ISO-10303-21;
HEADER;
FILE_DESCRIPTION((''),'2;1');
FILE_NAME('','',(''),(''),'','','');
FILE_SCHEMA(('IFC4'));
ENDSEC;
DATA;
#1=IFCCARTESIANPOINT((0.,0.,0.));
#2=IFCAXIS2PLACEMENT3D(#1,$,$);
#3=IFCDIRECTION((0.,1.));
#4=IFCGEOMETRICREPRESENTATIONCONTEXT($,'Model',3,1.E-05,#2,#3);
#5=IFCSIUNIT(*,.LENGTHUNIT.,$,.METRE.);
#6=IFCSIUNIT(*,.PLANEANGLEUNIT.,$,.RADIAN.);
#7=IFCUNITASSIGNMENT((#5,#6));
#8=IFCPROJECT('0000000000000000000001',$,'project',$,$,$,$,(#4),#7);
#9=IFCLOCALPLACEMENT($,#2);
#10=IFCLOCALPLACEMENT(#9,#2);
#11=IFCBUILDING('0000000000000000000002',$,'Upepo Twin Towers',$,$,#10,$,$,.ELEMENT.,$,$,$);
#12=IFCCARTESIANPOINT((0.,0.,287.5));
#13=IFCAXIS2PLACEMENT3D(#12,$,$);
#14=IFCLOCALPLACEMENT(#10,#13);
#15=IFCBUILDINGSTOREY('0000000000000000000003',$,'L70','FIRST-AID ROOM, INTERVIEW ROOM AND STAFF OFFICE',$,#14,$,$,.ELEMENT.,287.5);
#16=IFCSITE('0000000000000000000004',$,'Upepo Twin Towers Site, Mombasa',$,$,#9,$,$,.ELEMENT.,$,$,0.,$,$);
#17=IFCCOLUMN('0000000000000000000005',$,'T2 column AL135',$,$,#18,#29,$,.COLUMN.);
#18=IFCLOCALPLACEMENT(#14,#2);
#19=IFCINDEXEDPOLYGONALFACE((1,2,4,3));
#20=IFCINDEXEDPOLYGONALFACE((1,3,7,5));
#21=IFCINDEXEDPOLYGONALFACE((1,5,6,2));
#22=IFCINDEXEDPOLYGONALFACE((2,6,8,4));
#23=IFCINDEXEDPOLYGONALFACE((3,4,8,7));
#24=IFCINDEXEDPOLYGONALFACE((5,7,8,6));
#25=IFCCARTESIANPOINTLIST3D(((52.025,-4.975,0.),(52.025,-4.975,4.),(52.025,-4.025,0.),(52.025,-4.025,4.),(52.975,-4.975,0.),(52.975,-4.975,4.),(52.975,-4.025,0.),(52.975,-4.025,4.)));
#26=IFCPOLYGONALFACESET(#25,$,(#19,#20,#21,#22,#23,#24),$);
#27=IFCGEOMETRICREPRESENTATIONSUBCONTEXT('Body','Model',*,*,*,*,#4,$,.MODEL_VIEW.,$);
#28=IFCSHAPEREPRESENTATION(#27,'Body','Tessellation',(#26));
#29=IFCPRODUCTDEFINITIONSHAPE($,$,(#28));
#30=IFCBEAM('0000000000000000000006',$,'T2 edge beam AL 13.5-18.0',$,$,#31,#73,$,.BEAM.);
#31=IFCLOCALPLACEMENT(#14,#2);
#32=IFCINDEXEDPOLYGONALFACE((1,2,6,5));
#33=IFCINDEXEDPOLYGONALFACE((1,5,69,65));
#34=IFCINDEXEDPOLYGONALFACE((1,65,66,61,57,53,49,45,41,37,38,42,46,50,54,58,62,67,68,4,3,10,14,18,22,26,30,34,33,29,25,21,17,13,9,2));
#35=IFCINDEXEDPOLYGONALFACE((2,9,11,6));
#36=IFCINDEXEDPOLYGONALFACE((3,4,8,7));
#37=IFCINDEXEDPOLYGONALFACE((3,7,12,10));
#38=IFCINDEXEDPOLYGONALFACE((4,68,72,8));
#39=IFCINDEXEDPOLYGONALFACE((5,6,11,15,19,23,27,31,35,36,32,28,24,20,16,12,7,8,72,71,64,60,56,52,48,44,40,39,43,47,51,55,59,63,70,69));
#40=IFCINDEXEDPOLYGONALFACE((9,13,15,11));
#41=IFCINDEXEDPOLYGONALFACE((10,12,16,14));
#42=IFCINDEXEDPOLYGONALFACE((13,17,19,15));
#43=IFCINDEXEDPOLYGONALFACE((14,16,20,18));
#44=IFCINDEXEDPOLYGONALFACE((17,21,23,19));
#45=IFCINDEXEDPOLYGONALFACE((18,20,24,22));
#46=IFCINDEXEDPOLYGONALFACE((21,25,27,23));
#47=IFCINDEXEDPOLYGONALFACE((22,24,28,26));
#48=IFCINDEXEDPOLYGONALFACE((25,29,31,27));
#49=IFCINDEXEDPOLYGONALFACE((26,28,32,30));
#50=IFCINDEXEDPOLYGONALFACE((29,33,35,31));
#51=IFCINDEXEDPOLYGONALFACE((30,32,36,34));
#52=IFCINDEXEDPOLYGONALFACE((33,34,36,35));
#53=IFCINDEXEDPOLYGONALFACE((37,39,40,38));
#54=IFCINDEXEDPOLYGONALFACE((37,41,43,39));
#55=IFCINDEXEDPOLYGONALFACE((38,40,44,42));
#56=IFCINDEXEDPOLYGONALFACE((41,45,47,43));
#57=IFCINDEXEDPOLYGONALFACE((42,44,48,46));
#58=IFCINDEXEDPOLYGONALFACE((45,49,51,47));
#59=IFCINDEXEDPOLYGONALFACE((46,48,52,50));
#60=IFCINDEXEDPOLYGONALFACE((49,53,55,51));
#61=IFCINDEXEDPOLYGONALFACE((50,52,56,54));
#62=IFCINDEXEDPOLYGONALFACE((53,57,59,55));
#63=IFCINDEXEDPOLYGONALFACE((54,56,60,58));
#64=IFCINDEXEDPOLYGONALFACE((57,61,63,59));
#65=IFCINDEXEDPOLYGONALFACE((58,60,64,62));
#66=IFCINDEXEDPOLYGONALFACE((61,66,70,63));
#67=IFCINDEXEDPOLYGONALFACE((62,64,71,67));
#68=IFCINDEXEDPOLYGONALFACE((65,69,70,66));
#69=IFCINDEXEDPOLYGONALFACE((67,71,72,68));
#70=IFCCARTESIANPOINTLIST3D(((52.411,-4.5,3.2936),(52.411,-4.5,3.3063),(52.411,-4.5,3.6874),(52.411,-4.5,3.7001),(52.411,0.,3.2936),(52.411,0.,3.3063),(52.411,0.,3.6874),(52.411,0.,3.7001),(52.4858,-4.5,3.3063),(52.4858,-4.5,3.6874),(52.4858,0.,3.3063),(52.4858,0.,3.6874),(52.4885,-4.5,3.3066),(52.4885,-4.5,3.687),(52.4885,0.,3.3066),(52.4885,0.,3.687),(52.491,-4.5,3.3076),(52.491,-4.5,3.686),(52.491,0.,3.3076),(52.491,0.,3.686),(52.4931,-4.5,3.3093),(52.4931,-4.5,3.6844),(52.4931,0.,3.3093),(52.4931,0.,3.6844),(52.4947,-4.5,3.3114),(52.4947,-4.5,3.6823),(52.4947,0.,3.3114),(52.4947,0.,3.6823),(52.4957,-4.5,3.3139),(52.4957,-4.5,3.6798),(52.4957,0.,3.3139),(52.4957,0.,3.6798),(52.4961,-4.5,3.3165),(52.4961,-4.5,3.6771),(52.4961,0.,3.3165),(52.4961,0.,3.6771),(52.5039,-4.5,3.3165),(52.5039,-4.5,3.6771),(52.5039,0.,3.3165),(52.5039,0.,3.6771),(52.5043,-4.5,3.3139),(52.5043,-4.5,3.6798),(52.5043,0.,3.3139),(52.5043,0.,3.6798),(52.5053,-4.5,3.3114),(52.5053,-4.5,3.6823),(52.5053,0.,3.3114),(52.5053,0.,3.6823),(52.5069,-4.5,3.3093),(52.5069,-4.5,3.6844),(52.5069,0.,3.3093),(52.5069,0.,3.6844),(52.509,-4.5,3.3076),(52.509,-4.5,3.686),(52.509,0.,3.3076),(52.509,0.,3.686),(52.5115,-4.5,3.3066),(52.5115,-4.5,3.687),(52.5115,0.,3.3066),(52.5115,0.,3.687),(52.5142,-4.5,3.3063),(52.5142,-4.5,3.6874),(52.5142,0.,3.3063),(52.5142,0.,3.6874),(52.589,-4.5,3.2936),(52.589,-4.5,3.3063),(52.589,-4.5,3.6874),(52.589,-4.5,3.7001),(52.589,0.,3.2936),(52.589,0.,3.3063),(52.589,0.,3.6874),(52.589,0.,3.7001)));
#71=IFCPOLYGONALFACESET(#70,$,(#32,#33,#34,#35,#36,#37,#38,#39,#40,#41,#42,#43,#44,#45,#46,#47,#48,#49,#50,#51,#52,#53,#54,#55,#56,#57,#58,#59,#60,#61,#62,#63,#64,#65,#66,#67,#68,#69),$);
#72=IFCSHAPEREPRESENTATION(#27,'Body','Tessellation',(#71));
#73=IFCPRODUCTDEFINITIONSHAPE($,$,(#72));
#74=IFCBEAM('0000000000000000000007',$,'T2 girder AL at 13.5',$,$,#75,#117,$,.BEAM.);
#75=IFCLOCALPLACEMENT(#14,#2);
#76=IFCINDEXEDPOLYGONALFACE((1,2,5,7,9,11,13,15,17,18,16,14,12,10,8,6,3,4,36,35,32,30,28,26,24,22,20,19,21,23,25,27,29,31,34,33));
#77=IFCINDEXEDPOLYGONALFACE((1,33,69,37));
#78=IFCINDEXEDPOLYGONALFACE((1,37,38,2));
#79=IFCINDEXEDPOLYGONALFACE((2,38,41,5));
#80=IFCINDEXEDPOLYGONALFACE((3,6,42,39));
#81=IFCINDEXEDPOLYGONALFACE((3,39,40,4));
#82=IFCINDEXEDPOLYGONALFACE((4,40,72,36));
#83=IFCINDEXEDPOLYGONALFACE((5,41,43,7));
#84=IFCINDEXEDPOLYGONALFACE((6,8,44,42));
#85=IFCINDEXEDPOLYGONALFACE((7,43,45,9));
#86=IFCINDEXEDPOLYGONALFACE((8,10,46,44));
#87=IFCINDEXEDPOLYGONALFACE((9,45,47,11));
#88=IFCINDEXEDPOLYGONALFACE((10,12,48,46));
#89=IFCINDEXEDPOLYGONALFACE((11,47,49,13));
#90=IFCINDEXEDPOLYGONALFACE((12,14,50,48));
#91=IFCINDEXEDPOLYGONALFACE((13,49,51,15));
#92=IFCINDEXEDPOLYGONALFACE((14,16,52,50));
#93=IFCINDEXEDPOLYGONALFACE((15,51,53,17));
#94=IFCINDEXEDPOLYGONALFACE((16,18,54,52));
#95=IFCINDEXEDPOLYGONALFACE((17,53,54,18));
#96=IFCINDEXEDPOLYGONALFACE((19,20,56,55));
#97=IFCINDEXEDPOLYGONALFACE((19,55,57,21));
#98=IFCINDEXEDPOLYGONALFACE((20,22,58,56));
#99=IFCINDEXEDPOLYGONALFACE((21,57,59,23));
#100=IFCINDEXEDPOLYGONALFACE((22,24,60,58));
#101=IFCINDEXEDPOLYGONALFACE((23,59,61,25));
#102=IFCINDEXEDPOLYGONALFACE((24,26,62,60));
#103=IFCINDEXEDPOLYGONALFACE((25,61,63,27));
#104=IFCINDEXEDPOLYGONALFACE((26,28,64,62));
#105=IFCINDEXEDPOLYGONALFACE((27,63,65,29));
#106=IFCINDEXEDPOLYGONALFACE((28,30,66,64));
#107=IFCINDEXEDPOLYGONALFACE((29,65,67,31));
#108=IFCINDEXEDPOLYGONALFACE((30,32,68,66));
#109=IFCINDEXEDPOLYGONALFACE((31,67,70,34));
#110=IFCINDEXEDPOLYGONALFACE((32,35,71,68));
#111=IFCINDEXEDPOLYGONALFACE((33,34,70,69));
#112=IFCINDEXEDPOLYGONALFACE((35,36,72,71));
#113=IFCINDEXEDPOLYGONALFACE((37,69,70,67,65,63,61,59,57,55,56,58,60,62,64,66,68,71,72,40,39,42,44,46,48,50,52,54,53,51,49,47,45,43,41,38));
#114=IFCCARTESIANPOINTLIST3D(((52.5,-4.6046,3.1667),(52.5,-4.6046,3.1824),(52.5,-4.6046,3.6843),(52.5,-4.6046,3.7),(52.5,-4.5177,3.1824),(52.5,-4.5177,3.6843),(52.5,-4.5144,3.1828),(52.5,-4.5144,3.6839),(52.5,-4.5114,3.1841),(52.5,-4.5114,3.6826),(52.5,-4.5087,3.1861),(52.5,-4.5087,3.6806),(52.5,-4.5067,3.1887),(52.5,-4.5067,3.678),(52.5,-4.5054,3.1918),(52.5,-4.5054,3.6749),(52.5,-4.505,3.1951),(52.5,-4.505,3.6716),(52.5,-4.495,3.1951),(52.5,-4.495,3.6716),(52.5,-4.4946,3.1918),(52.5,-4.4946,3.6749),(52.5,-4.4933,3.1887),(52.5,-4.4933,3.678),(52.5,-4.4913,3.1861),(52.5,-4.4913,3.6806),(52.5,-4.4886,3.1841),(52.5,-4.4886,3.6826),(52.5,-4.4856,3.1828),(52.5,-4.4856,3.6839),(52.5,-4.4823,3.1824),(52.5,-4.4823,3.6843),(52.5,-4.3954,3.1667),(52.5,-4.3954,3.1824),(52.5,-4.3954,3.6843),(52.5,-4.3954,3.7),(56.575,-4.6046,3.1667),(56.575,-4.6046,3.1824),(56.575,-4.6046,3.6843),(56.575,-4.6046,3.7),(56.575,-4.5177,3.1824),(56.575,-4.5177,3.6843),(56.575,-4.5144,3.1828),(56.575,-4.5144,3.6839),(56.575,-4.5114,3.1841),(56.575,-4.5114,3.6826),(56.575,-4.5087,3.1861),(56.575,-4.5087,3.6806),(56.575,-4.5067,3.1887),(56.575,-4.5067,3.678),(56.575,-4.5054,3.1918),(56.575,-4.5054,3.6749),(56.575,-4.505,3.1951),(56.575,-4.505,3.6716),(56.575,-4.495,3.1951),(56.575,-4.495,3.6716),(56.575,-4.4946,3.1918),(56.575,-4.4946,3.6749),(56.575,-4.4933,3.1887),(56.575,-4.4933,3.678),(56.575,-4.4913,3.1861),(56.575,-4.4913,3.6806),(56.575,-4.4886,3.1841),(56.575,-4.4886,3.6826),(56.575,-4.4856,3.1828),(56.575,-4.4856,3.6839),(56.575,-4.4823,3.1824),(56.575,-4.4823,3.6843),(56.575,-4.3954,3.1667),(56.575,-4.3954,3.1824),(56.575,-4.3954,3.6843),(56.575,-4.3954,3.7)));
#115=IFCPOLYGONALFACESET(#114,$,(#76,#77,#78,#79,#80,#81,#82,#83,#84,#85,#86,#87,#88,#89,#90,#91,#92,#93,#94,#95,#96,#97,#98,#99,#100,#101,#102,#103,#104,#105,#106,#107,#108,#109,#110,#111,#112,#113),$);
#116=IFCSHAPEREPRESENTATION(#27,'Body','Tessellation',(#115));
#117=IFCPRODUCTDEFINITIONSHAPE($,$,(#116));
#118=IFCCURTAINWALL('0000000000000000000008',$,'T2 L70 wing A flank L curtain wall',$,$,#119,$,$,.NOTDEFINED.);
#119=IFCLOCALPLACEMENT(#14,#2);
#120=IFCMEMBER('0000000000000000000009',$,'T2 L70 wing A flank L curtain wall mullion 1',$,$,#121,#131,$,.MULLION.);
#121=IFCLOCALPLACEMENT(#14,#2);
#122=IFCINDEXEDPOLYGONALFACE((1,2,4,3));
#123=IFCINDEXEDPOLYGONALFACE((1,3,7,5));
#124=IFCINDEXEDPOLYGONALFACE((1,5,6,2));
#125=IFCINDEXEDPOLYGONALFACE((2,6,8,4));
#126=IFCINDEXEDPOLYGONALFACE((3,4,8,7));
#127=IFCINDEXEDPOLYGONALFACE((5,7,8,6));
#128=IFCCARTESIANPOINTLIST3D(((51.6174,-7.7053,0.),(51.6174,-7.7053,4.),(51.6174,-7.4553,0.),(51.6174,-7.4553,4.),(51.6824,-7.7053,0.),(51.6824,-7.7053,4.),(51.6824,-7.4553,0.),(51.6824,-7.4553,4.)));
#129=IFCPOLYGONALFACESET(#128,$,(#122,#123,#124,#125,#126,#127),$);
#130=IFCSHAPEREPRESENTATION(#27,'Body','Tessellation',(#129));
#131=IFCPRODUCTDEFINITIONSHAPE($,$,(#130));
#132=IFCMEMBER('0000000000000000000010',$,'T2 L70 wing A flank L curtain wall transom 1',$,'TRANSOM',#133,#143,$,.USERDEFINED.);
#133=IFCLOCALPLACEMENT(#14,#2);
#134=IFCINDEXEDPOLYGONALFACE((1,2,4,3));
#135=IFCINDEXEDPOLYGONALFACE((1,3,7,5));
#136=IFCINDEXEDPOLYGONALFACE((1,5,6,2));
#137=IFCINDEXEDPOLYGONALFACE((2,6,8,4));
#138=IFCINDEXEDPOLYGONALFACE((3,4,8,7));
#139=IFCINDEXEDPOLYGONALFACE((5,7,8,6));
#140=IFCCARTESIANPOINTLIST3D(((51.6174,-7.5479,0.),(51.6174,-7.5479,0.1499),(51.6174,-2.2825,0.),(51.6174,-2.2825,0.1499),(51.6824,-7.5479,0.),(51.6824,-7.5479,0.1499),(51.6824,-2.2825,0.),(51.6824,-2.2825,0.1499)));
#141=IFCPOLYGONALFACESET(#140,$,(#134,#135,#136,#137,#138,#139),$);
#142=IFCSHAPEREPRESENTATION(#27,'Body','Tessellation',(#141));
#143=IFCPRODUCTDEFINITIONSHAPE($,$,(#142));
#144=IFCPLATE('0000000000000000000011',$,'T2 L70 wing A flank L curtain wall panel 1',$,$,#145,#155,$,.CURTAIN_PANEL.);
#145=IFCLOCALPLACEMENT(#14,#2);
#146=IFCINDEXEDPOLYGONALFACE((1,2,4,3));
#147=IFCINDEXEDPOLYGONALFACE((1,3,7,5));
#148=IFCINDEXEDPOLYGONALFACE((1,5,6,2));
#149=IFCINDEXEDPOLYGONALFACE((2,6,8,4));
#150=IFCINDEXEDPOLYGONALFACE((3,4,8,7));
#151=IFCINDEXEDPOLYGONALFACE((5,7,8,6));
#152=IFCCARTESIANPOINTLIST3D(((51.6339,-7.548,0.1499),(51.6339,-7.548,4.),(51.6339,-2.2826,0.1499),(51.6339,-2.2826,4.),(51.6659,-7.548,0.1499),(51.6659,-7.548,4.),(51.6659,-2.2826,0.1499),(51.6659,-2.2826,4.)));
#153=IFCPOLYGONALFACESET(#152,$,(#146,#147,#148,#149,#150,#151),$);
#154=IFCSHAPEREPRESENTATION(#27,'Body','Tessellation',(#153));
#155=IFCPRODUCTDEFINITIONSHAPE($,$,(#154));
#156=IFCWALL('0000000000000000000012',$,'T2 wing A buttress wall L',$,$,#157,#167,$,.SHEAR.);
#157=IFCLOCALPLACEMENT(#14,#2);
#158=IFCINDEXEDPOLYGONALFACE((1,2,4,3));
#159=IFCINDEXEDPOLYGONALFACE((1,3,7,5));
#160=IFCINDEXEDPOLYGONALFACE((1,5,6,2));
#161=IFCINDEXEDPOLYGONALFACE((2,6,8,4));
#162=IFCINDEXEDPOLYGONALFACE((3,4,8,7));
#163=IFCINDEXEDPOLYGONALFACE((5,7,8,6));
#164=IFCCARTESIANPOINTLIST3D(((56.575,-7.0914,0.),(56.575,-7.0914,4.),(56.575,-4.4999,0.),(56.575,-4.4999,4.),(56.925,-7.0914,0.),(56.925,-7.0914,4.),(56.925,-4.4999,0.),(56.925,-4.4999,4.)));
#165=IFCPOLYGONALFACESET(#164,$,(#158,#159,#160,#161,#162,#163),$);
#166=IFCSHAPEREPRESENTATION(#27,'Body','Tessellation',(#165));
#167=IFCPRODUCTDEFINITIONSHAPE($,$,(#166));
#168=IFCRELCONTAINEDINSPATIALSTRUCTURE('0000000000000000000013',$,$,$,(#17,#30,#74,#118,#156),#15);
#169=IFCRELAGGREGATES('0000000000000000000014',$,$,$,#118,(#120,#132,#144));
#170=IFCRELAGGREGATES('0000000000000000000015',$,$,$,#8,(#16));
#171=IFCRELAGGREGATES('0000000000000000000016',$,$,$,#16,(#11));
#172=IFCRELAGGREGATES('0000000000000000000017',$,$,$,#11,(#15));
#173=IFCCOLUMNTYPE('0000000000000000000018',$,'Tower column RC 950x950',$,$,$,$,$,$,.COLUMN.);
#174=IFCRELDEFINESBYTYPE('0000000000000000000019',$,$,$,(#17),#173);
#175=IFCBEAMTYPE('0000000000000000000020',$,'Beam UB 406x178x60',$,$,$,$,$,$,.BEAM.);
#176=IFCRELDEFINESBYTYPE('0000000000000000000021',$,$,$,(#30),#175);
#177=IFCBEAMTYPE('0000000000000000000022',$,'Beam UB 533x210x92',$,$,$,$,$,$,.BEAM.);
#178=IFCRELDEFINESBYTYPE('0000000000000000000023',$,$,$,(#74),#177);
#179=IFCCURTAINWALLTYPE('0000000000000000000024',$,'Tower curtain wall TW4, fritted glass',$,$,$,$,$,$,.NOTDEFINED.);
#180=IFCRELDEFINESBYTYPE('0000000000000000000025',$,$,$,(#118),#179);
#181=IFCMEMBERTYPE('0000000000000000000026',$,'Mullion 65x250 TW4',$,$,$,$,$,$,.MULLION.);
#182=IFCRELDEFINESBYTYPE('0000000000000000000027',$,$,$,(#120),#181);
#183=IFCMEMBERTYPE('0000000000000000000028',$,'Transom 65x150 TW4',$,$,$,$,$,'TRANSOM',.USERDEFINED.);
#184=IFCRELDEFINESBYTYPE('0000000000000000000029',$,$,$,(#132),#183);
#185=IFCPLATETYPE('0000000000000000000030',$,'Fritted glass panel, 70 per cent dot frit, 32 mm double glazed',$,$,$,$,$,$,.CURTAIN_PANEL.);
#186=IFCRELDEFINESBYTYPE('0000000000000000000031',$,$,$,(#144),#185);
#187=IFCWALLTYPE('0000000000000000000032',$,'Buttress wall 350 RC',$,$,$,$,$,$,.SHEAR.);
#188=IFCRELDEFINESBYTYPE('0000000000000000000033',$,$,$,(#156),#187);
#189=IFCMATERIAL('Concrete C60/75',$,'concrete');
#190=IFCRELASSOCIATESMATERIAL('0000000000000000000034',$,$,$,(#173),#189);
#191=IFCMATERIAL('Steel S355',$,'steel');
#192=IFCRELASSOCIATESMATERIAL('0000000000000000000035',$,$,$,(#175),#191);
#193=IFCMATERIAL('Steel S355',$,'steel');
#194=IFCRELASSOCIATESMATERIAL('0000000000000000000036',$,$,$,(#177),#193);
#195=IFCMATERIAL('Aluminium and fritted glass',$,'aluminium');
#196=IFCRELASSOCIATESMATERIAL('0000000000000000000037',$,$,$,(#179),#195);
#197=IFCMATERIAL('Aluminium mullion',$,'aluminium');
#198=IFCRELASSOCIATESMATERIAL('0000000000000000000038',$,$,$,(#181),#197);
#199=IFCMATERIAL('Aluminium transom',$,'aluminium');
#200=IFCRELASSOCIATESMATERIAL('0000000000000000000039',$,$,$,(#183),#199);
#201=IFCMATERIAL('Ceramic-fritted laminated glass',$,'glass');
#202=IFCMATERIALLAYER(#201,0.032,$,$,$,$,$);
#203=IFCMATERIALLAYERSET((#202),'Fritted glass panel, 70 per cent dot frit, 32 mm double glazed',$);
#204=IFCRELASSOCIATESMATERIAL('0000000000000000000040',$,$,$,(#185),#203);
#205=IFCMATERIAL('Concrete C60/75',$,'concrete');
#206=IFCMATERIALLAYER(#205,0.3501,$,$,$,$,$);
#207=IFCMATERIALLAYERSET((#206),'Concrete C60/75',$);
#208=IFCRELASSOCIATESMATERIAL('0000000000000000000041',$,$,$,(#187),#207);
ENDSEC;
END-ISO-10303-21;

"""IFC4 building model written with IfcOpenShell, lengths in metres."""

from ifc_helpers import new_model, si_unit, direction, frame, frame_2d, origin, origin_2d, place, context, subcontext, project, spatial, rectangle, i_section, extrude, material, layer, layer_set, material_profile, profile_set, type_object, element, aggregate, save


model = new_model("IFC4")

# Units and contexts
model_context = context("Model", 3, precision=1e-05, world=origin(), true_north=direction((0.0, 1.0)))
body_context = subcontext(model_context, "Body", "Model", "MODEL_VIEW")
ifc_project = project(units=[si_unit("LENGTHUNIT", "METRE"), si_unit("PLANEANGLEUNIT", "RADIAN")], contexts=[model_context])

# Site, building, storey
site_placement = place(None, origin())
site = spatial("IfcSite", under=ifc_project, at=site_placement, Name="Upepo Twin Towers Site, Mombasa", CompositionType="ELEMENT", RefElevation=0.0)
building_placement = place(site_placement, origin())
building = spatial("IfcBuilding", under=site, at=building_placement, Name="Upepo Twin Towers", CompositionType="ELEMENT")
storey_placement = place(building_placement, frame((0.0, 0.0, 287.5)))
storey = spatial("IfcBuildingStorey", under=building, at=storey_placement, Name="L70", Description="FIRST-AID ROOM, INTERVIEW ROOM AND STAFF OFFICE", CompositionType="ELEMENT", Elevation=287.5)

# Column
ifc_material_1 = material(Name="Concrete C60/75", Category="concrete")
ifc_material_profile_1 = material_profile(ifc_material_1, rectangle(XDim=0.95, YDim=0.95, at=origin_2d()), Name="RC 950x950")
ifc_profile_set_1 = profile_set([ifc_material_profile_1], Name="Concrete C60/75")
column_type = type_object("IfcColumnType", Name="Tower column RC 950x950", PredefinedType="COLUMN", material=ifc_profile_set_1)
column_placement = place(storey_placement, frame((52.5, -4.5, 0.0), z_axis=(0.0, 0.0, 1.0), x_axis=(1.0, 0.0, 0.0)))
element("IfcColumn", 1, at=column_placement, inside=storey, type_object=column_type, Name="T2 column AL135", PredefinedType="COLUMN", context=body_context, shape_type="SweptSolid", body=[
    extrude(rectangle(XDim=0.95, YDim=0.95, at=origin_2d()), origin(), (0.0, 0.0, 1.0), 4.0),
])

# Beams
ifc_material_2 = material(Name="Steel S355", Category="steel")
ifc_material_profile_2 = material_profile(ifc_material_2, i_section(OverallWidth=0.178, OverallDepth=0.4065, WebThickness=0.0078, FlangeThickness=0.0127, FilletRadius=0.0103, at=origin_2d()), Name="UB 406x178x60")
ifc_profile_set_2 = profile_set([ifc_material_profile_2], Name="Steel S355")
beam_type_1 = type_object("IfcBeamType", Name="Beam UB 406x178x60", PredefinedType="BEAM", material=ifc_profile_set_2)
beam_1_placement = place(storey_placement, frame((52.5, -4.5, 3.4968), z_axis=(0.0, 1.0, 0.0), x_axis=(-1.0, 0.0, 0.0)))
element("IfcBeam", 2, at=beam_1_placement, inside=storey, type_object=beam_type_1, Name="T2 edge beam AL 13.5-18.0", PredefinedType="BEAM", context=body_context, shape_type="SweptSolid", body=[
    extrude(i_section(OverallWidth=0.178, OverallDepth=0.4065, WebThickness=0.0078, FlangeThickness=0.0127, FilletRadius=0.0103, at=origin_2d()), origin(), (0.0, 0.0, 1.0), 4.5),
])
ifc_material_3 = material(Name="Steel S355", Category="steel")
ifc_material_profile_3 = material_profile(ifc_material_3, i_section(OverallWidth=0.2092, OverallDepth=0.5332, WebThickness=0.01, FlangeThickness=0.0156, FilletRadius=0.0127, at=origin_2d()), Name="UB 533x210x92")
ifc_profile_set_3 = profile_set([ifc_material_profile_3], Name="Steel S355")
beam_type_2 = type_object("IfcBeamType", Name="Beam UB 533x210x92", PredefinedType="BEAM", material=ifc_profile_set_3)
beam_2_placement = place(storey_placement, frame((52.5, -4.5, 3.4333), z_axis=(1.0, 0.0, 0.0), x_axis=(0.0, 1.0, 0.0)))
element("IfcBeam", 3, at=beam_2_placement, inside=storey, type_object=beam_type_2, Name="T2 girder AL at 13.5", PredefinedType="BEAM", context=body_context, shape_type="SweptSolid", body=[
    extrude(i_section(OverallWidth=0.2092, OverallDepth=0.5332, WebThickness=0.01, FlangeThickness=0.0156, FilletRadius=0.0127, at=origin_2d()), origin(), (0.0, 0.0, 1.0), 4.075),
])

# Curtain wall, members, plate
ifc_material_4 = material(Name="Aluminium and fritted glass", Category="aluminium")
curtain_wall_type = type_object("IfcCurtainWallType", Name="Tower curtain wall TW4, fritted glass", PredefinedType="NOTDEFINED", material=ifc_material_4)
curtain_wall_placement = place(storey_placement, origin())
curtain_wall = element("IfcCurtainWall", 4, at=curtain_wall_placement, inside=storey, type_object=curtain_wall_type, Name="T2 L70 wing A flank L curtain wall", PredefinedType="NOTDEFINED")
ifc_material_5 = material(Name="Aluminium mullion", Category="aluminium")
ifc_material_profile_4 = material_profile(ifc_material_5, rectangle(XDim=0.0649, YDim=0.25, at=origin_2d()), Name="MULLION 65x250")
ifc_profile_set_4 = profile_set([ifc_material_profile_4], Name="Aluminium mullion")
member_type_1 = type_object("IfcMemberType", Name="Mullion 65x250 TW4", PredefinedType="MULLION", material=ifc_profile_set_4)
member_1_placement = place(storey_placement, frame((51.6499, -7.5803, 0.0), z_axis=(0.0, 0.0, 1.0), x_axis=(-1.0, 0.0, 0.0)))
member_1 = element("IfcMember", 5, at=member_1_placement, type_object=member_type_1, Name="T2 L70 wing A flank L curtain wall mullion 1", PredefinedType="MULLION", context=body_context, shape_type="SweptSolid", body=[
    extrude(rectangle(XDim=0.0649, YDim=0.25, at=origin_2d()), origin(), (0.0, 0.0, 1.0), 4.0),
])
ifc_material_6 = material(Name="Aluminium transom", Category="aluminium")
ifc_material_profile_5 = material_profile(ifc_material_6, rectangle(XDim=0.0649, YDim=0.1499, at=origin_2d()), Name="TRANSOM 65x150")
ifc_profile_set_5 = profile_set([ifc_material_profile_5], Name="Aluminium transom")
member_type_2 = type_object("IfcMemberType", Name="Transom 65x150 TW4", ElementType="TRANSOM", PredefinedType="USERDEFINED", material=ifc_profile_set_5)
member_2_placement = place(storey_placement, frame((51.6499, -7.5479, 0.075), z_axis=(0.0, 1.0, 0.0), x_axis=(-1.0, 0.0, 0.0)))
member_2 = element("IfcMember", 6, at=member_2_placement, type_object=member_type_2, Name="T2 L70 wing A flank L curtain wall transom 1", ObjectType="TRANSOM", PredefinedType="USERDEFINED", context=body_context, shape_type="SweptSolid", body=[
    extrude(rectangle(XDim=0.0649, YDim=0.1499, at=origin_2d()), origin(), (0.0, 0.0, 1.0), 5.2654),
])
ifc_material_7 = material(Name="Ceramic-fritted laminated glass", Category="glass")
ifc_layer_1 = layer(ifc_material_7, 0.032)
ifc_layer_set_1 = layer_set([ifc_layer_1], Name="Fritted glass panel, 70 per cent dot frit, 32 mm double glazed")
plate_type = type_object("IfcPlateType", Name="Fritted glass panel, 70 per cent dot frit, 32 mm double glazed", PredefinedType="CURTAIN_PANEL", material=ifc_layer_set_1)
plate_placement = place(storey_placement, frame((51.6499, -4.9153, 0.1499), z_axis=(0.0, 0.0, 1.0), x_axis=(0.0, 1.0, 0.0)))
plate = element("IfcPlate", 7, at=plate_placement, type_object=plate_type, Name="T2 L70 wing A flank L curtain wall panel 1", PredefinedType="CURTAIN_PANEL", context=body_context, shape_type="SweptSolid", body=[
    extrude(rectangle(XDim=5.2654, YDim=0.032, at=origin_2d()), origin(), (0.0, 0.0, 1.0), 3.8501),
])
aggregate(curtain_wall, [member_1, member_2, plate])

# Wall
ifc_material_8 = material(Name="Concrete C60/75", Category="concrete")
ifc_layer_2 = layer(ifc_material_8, 0.3501)
ifc_layer_set_2 = layer_set([ifc_layer_2], Name="Concrete C60/75")
wall_type_1 = type_object("IfcWallType", Name="Buttress wall 350 RC", PredefinedType="SHEAR", material=ifc_layer_set_2)
wall_1_placement = place(storey_placement, frame((56.75, -7.0916, 0.0), z_axis=(0.0, 0.0, 1.0), x_axis=(0.0, 1.0, 0.0)))
element("IfcWall", 8, at=wall_1_placement, inside=storey, type_object=wall_type_1, Name="T2 wing A buttress wall L", PredefinedType="SHEAR", context=body_context, shape_type="SweptSolid", body=[
    extrude(rectangle(XDim=2.5916, YDim=0.3501, at=frame_2d((1.2959, 0.0))), origin(), (0.0, 0.0, 1.0), 4.0),
])

save(model, "model.ifc")
